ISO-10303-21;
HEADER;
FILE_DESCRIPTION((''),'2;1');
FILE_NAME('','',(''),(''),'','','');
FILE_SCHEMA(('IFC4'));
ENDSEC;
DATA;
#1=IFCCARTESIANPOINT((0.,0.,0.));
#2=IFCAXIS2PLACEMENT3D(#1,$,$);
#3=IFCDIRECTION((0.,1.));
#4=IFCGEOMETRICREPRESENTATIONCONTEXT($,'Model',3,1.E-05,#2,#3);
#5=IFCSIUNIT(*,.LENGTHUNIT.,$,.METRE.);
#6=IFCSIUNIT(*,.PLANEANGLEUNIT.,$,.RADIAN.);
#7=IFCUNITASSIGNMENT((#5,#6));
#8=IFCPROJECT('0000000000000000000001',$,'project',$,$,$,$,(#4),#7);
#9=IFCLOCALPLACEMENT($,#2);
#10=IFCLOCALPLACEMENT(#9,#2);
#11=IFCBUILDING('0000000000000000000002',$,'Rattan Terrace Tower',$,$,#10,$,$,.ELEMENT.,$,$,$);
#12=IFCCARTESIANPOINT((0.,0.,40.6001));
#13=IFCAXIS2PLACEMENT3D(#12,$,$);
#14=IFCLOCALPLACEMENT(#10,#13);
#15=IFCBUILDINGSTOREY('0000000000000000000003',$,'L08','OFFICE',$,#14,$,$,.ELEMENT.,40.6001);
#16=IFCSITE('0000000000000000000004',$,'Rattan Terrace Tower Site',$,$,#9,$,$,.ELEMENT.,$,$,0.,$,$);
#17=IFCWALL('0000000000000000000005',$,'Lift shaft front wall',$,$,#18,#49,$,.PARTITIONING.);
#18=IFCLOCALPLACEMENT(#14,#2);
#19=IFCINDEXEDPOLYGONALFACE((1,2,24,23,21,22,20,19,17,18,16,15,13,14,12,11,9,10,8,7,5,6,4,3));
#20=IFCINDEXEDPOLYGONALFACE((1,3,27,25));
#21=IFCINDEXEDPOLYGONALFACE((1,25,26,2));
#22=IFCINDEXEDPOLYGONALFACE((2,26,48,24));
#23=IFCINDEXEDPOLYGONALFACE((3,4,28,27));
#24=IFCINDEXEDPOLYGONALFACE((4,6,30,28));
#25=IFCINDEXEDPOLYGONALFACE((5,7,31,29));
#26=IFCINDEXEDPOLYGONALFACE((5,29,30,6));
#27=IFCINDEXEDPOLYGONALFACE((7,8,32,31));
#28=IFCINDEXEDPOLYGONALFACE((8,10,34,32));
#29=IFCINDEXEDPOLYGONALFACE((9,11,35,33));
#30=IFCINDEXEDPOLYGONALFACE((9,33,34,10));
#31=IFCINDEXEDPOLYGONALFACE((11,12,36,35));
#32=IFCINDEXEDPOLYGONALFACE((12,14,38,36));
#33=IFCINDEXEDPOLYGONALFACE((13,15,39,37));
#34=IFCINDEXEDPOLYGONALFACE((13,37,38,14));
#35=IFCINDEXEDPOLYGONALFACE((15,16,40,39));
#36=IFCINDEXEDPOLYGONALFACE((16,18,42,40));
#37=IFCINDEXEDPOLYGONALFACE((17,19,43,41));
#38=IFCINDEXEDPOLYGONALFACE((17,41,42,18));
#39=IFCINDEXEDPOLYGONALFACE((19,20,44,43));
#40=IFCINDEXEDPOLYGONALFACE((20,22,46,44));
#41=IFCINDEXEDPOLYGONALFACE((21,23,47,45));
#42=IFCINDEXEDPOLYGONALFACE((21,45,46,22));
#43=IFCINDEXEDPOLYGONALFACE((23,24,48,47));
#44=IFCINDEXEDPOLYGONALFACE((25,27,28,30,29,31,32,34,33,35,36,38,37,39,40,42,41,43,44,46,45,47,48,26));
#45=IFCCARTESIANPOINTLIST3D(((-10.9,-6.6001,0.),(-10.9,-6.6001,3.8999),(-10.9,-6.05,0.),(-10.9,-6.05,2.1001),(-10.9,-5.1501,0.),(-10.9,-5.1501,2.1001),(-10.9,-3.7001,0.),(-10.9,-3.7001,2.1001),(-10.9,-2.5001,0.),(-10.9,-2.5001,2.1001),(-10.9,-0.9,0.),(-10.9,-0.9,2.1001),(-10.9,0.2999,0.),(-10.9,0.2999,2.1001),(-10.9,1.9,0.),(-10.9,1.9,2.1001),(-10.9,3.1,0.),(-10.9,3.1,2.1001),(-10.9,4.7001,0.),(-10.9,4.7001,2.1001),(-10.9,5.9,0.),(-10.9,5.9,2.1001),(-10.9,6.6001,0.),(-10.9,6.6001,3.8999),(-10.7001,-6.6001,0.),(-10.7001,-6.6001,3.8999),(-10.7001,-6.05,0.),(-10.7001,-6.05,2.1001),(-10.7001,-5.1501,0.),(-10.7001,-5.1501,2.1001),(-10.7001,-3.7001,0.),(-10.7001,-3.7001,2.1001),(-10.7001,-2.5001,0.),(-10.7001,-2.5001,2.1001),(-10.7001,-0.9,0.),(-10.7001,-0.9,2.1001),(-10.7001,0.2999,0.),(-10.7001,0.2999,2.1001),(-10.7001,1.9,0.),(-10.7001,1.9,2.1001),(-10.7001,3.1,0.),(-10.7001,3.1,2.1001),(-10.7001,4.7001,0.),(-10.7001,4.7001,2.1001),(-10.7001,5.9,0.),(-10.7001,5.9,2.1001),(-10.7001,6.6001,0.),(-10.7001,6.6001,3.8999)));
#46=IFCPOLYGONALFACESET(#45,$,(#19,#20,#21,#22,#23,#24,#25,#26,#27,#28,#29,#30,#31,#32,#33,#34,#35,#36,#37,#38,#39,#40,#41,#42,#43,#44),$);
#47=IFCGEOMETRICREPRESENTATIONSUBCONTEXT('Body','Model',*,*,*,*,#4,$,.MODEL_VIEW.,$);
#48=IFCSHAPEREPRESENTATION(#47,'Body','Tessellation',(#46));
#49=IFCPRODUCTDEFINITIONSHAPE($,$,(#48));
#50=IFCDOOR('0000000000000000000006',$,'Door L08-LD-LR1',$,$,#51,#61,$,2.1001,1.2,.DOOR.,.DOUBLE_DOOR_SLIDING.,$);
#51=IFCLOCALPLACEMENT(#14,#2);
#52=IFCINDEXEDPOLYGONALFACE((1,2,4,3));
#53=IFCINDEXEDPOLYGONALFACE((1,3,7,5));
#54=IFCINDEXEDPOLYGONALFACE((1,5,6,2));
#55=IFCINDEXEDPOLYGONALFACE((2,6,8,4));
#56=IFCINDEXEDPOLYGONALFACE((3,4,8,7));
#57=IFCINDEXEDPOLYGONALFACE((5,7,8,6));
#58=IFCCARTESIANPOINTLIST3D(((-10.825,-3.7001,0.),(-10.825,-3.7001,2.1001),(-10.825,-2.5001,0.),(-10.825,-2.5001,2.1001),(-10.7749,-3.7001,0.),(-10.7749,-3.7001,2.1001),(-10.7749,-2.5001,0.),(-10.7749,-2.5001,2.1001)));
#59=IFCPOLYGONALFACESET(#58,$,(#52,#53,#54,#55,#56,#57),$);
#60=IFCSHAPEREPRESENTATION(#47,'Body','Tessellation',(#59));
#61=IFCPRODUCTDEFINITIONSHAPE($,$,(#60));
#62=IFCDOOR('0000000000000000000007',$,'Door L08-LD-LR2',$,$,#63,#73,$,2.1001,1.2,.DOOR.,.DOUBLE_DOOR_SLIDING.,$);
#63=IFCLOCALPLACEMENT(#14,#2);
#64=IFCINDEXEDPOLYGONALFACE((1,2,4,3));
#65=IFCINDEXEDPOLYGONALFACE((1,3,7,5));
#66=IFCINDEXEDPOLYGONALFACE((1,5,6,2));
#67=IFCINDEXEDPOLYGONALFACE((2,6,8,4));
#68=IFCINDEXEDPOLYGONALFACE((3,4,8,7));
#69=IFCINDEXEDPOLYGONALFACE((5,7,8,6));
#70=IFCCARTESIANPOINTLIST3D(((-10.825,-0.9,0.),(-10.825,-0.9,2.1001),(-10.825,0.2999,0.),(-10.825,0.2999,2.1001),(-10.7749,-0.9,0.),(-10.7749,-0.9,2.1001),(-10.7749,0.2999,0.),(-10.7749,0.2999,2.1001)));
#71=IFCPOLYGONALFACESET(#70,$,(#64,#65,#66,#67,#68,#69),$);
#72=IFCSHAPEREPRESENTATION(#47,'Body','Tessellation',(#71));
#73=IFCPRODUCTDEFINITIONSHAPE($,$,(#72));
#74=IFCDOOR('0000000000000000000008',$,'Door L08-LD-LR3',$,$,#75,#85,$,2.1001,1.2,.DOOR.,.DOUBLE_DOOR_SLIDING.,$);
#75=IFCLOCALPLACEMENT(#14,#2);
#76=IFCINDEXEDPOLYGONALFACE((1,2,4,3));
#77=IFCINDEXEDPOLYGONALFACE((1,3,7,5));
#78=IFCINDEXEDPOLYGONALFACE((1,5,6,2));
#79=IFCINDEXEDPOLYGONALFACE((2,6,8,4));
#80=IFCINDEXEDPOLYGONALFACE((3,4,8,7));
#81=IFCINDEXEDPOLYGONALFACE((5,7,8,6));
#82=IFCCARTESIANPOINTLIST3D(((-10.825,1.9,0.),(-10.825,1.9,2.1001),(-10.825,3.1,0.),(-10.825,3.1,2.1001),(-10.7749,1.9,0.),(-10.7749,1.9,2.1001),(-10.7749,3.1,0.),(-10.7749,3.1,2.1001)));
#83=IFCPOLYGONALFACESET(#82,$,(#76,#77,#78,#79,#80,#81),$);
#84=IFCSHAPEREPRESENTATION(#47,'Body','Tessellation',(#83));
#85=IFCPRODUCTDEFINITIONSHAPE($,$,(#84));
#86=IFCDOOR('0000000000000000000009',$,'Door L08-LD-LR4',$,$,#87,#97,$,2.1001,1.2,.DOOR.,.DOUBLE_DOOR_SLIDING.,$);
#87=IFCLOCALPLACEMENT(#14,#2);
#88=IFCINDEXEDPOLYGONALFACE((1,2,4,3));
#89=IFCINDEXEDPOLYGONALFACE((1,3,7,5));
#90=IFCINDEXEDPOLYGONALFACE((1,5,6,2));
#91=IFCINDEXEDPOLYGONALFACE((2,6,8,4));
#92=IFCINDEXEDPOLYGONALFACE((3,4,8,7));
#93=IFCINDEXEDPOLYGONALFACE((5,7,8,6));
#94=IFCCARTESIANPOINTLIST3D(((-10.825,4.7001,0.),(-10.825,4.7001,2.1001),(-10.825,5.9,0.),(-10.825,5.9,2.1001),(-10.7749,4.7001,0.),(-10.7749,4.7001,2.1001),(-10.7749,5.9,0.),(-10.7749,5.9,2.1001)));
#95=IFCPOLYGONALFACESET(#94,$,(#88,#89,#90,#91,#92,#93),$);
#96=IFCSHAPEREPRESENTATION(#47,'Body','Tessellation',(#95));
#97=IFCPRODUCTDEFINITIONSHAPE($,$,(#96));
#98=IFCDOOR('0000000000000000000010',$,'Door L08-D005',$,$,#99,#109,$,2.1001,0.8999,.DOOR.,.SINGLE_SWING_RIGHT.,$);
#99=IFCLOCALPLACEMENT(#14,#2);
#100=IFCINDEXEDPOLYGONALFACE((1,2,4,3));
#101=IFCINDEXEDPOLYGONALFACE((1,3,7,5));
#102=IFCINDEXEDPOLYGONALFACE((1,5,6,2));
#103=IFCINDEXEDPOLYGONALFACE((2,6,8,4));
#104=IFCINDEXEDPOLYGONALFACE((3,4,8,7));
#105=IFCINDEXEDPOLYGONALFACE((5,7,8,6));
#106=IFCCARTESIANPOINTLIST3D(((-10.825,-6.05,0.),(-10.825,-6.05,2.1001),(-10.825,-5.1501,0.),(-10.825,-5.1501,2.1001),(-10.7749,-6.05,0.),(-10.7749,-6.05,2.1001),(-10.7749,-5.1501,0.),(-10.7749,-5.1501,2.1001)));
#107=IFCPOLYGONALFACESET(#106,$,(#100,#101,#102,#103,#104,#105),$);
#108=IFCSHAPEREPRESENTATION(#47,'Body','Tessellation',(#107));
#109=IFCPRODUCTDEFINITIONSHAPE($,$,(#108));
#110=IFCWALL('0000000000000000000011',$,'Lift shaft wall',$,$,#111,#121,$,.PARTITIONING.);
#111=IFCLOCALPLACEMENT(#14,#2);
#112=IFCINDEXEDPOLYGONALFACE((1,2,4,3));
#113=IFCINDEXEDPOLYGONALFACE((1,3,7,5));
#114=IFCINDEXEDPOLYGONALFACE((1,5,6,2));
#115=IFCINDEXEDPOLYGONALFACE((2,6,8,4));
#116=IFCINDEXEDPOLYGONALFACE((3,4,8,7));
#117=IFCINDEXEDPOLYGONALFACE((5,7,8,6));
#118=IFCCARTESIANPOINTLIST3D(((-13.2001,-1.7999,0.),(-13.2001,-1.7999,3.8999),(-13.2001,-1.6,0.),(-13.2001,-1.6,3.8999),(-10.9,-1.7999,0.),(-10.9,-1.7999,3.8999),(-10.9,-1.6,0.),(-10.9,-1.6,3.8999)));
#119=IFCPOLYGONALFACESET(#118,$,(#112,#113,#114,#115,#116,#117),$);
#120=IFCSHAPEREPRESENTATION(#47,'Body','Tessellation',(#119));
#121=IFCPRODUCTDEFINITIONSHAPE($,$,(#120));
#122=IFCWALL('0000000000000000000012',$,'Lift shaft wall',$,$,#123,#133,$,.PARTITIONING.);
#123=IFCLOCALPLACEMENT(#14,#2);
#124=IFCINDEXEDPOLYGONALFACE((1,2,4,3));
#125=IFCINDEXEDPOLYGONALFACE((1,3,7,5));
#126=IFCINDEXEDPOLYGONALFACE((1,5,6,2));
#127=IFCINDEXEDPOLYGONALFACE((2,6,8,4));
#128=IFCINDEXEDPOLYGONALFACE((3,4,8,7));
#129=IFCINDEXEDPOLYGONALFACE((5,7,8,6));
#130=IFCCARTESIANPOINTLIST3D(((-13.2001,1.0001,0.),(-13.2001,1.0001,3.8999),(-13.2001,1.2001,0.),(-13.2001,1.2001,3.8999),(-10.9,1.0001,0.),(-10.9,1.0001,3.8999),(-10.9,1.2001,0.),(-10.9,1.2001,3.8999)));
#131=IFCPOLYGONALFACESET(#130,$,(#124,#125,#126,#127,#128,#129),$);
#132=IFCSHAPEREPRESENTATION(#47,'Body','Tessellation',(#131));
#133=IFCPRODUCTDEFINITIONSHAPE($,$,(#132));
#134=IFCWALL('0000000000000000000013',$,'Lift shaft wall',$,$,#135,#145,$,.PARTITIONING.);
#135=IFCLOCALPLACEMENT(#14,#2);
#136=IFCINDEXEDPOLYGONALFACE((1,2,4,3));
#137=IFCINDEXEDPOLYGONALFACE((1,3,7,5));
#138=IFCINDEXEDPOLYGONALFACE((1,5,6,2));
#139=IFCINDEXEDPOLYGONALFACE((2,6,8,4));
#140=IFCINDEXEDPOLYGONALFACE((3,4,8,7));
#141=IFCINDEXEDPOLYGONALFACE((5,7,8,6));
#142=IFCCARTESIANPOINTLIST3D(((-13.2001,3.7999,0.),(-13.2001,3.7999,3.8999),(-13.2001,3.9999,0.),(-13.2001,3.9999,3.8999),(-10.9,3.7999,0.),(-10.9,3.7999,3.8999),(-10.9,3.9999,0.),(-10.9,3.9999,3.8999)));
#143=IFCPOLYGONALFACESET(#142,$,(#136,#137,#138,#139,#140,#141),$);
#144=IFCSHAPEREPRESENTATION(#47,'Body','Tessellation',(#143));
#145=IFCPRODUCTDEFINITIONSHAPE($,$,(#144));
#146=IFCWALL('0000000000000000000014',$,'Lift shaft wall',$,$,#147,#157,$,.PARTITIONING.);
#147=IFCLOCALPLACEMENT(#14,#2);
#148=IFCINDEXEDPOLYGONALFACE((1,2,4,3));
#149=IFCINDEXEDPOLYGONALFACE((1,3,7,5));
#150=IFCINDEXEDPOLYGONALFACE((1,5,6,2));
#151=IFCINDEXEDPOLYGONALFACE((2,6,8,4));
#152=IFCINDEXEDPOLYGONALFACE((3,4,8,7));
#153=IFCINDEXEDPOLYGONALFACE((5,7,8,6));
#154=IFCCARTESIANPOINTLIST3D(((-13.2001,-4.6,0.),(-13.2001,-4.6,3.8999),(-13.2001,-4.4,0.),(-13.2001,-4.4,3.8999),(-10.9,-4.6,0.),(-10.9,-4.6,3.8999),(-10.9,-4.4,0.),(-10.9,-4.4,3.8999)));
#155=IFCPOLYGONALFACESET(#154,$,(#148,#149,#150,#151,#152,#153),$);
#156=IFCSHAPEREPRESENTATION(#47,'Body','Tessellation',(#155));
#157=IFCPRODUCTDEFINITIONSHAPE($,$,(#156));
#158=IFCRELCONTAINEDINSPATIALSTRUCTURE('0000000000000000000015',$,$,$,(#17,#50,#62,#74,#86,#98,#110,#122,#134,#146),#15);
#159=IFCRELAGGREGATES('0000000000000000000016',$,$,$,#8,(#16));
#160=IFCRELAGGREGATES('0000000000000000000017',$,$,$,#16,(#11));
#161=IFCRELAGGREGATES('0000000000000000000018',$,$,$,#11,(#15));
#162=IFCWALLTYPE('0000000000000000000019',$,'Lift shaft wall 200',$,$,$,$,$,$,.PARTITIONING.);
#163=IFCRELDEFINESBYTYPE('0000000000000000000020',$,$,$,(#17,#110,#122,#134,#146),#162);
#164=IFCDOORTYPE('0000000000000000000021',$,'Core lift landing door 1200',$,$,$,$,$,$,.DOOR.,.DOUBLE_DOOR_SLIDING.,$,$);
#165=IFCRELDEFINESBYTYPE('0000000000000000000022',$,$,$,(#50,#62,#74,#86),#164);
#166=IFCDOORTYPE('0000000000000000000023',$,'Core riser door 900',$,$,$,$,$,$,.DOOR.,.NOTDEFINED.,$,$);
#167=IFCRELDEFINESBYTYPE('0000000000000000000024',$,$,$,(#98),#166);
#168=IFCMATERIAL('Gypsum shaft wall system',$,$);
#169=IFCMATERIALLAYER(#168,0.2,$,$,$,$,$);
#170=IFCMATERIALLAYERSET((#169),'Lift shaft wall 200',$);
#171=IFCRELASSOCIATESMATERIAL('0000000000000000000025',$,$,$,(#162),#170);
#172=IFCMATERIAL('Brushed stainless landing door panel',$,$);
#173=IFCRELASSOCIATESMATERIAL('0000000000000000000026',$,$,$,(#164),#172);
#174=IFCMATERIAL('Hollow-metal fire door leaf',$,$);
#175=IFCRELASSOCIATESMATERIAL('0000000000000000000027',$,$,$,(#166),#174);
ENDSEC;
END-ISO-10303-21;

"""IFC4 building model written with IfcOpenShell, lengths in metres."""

from ifc_helpers import new_model, si_unit, direction, frame, frame_2d, origin, place, context, subcontext, project, spatial, rectangle, extrude, material, layer, layer_set, type_object, element, fill, save


model = new_model("IFC4")

# Units and contexts
model_context = context("Model", 3, precision=1e-05, world=origin(), true_north=direction((0.0, 1.0)))
body_context = subcontext(model_context, "Body", "Model", "MODEL_VIEW")
ifc_project = project(units=[si_unit("LENGTHUNIT", "METRE"), si_unit("PLANEANGLEUNIT", "RADIAN")], contexts=[model_context])

# Site, building, storey
site_placement = place(None, origin())
site = spatial("IfcSite", under=ifc_project, at=site_placement, Name="Rattan Terrace Tower Site", CompositionType="ELEMENT", RefElevation=0.0)
building_placement = place(site_placement, origin())
building = spatial("IfcBuilding", under=site, at=building_placement, Name="Rattan Terrace Tower", CompositionType="ELEMENT")
storey_placement = place(building_placement, frame((0.0, 0.0, 40.6001)))
storey = spatial("IfcBuildingStorey", under=building, at=storey_placement, Name="L08", Description="OFFICE", CompositionType="ELEMENT", Elevation=40.6001)

# Wall, openings, doors
ifc_material_1 = material(Name="Gypsum shaft wall system")
ifc_layer_1 = layer(ifc_material_1, 0.2)
ifc_layer_set_1 = layer_set([ifc_layer_1], Name="Lift shaft wall 200")
wall_type_1 = type_object("IfcWallType", Name="Lift shaft wall 200", PredefinedType="PARTITIONING", material=ifc_layer_set_1)
wall_1_placement = place(storey_placement, frame((-10.8, -6.6001, 0.0), z_axis=(0.0, 0.0, 1.0), x_axis=(0.0, 1.0, 0.0)))
wall_1 = element("IfcWall", 1, at=wall_1_placement, inside=storey, type_object=wall_type_1, Name="Lift shaft front wall", PredefinedType="PARTITIONING", context=body_context, shape_type="SweptSolid", body=[
    extrude(rectangle(XDim=13.2002, YDim=0.2, at=frame_2d((6.6001, 0.0))), origin(), (0.0, 0.0, 1.0), 3.8999),
])
opening_1_placement = place(wall_1_placement, frame((0.55, 0.0, 0.0)))
opening_1 = element("IfcOpeningElement", 2, at=opening_1_placement, cuts=wall_1, PredefinedType="OPENING", context=body_context, shape_type="SweptSolid", body=[
    extrude(rectangle(XDim=0.8999, YDim=2.1001, at=frame_2d((0.45, 1.05))), frame((0.0, 0.1106, 0.0), z_axis=(0.0, -1.0, 0.0), x_axis=(1.0, 0.0, 0.0)), (0.0, 0.0, 1.0), 0.2209),
])
opening_2_placement = place(wall_1_placement, frame((2.8999, 0.0, 0.0)))
opening_2 = element("IfcOpeningElement", 3, at=opening_2_placement, cuts=wall_1, PredefinedType="OPENING", context=body_context, shape_type="SweptSolid", body=[
    extrude(rectangle(XDim=1.2, YDim=2.1001, at=frame_2d((0.6001, 1.05))), frame((0.0, 0.1106, 0.0), z_axis=(0.0, -1.0, 0.0), x_axis=(1.0, 0.0, 0.0)), (0.0, 0.0, 1.0), 0.2209),
])
opening_3_placement = place(wall_1_placement, frame((5.7, 0.0, 0.0)))
opening_3 = element("IfcOpeningElement", 4, at=opening_3_placement, cuts=wall_1, PredefinedType="OPENING", context=body_context, shape_type="SweptSolid", body=[
    extrude(rectangle(XDim=1.2, YDim=2.1001, at=frame_2d((0.6001, 1.05))), frame((0.0, 0.1106, 0.0), z_axis=(0.0, -1.0, 0.0), x_axis=(1.0, 0.0, 0.0)), (0.0, 0.0, 1.0), 0.2209),
])
opening_4_placement = place(wall_1_placement, frame((8.5, 0.0, 0.0)))
opening_4 = element("IfcOpeningElement", 5, at=opening_4_placement, cuts=wall_1, PredefinedType="OPENING", context=body_context, shape_type="SweptSolid", body=[
    extrude(rectangle(XDim=1.2, YDim=2.1001, at=frame_2d((0.6001, 1.05))), frame((0.0, 0.1106, 0.0), z_axis=(0.0, -1.0, 0.0), x_axis=(1.0, 0.0, 0.0)), (0.0, 0.0, 1.0), 0.2209),
])
opening_5_placement = place(wall_1_placement, frame((11.3, 0.0, 0.0)))
opening_5 = element("IfcOpeningElement", 6, at=opening_5_placement, cuts=wall_1, PredefinedType="OPENING", context=body_context, shape_type="SweptSolid", body=[
    extrude(rectangle(XDim=1.2, YDim=2.1001, at=frame_2d((0.6001, 1.05))), frame((0.0, 0.1106, 0.0), z_axis=(0.0, -1.0, 0.0), x_axis=(1.0, 0.0, 0.0)), (0.0, 0.0, 1.0), 0.2209),
])
ifc_material_2 = material(Name="Brushed stainless landing door panel")
door_type_1 = type_object("IfcDoorType", Name="Core lift landing door 1200", OperationType="DOUBLE_DOOR_SLIDING", PredefinedType="DOOR", material=ifc_material_2)
door_1_placement = place(opening_2_placement, origin())
door_1 = element("IfcDoor", 7, at=door_1_placement, inside=storey, type_object=door_type_1, Name="Door L08-LD-LR1", OperationType="DOUBLE_DOOR_SLIDING", OverallHeight=2.1001, OverallWidth=1.2, PredefinedType="DOOR", context=body_context, shape_type="SweptSolid", body=[
    extrude(rectangle(XDim=1.2, YDim=2.1001, at=frame_2d((0.6001, 1.05))), frame((0.0, 0.0249, 0.0), z_axis=(0.0, -1.0, 0.0), x_axis=(1.0, 0.0, 0.0)), (0.0, 0.0, 1.0), 0.05),
])
fill(opening_2, door_1)
door_2_placement = place(opening_3_placement, origin())
door_2 = element("IfcDoor", 8, at=door_2_placement, inside=storey, type_object=door_type_1, Name="Door L08-LD-LR2", OperationType="DOUBLE_DOOR_SLIDING", OverallHeight=2.1001, OverallWidth=1.2, PredefinedType="DOOR", context=body_context, shape_type="SweptSolid", body=[
    extrude(rectangle(XDim=1.2, YDim=2.1001, at=frame_2d((0.6001, 1.05))), frame((0.0, 0.0249, 0.0), z_axis=(0.0, -1.0, 0.0), x_axis=(1.0, 0.0, 0.0)), (0.0, 0.0, 1.0), 0.05),
])
fill(opening_3, door_2)
door_3_placement = place(opening_4_placement, origin())
door_3 = element("IfcDoor", 9, at=door_3_placement, inside=storey, type_object=door_type_1, Name="Door L08-LD-LR3", OperationType="DOUBLE_DOOR_SLIDING", OverallHeight=2.1001, OverallWidth=1.2, PredefinedType="DOOR", context=body_context, shape_type="SweptSolid", body=[
    extrude(rectangle(XDim=1.2, YDim=2.1001, at=frame_2d((0.6001, 1.05))), frame((0.0, 0.0249, 0.0), z_axis=(0.0, -1.0, 0.0), x_axis=(1.0, 0.0, 0.0)), (0.0, 0.0, 1.0), 0.05),
])
fill(opening_4, door_3)
door_4_placement = place(opening_5_placement, origin())
door_4 = element("IfcDoor", 10, at=door_4_placement, inside=storey, type_object=door_type_1, Name="Door L08-LD-LR4", OperationType="DOUBLE_DOOR_SLIDING", OverallHeight=2.1001, OverallWidth=1.2, PredefinedType="DOOR", context=body_context, shape_type="SweptSolid", body=[
    extrude(rectangle(XDim=1.2, YDim=2.1001, at=frame_2d((0.6001, 1.05))), frame((0.0, 0.0249, 0.0), z_axis=(0.0, -1.0, 0.0), x_axis=(1.0, 0.0, 0.0)), (0.0, 0.0, 1.0), 0.05),
])
fill(opening_5, door_4)
ifc_material_3 = material(Name="Hollow-metal fire door leaf")
door_type_2 = type_object("IfcDoorType", Name="Core riser door 900", OperationType="NOTDEFINED", PredefinedType="DOOR", material=ifc_material_3)
door_5_placement = place(opening_1_placement, origin())
door_5 = element("IfcDoor", 11, at=door_5_placement, inside=storey, type_object=door_type_2, Name="Door L08-D005", OperationType="SINGLE_SWING_RIGHT", OverallHeight=2.1001, OverallWidth=0.8999, PredefinedType="DOOR", context=body_context, shape_type="SweptSolid", body=[
    extrude(rectangle(XDim=0.8999, YDim=2.1001, at=frame_2d((0.45, 1.05))), frame((0.0, 0.0249, 0.0), z_axis=(0.0, -1.0, 0.0), x_axis=(1.0, 0.0, 0.0)), (0.0, 0.0, 1.0), 0.05),
])
fill(opening_1, door_5)

# Walls
for number, where, z_axis, x_axis, name in (
    (12, (-13.2, -1.7, 0.0), (0.0, 0.0, 1.0), (1.0, 0.0, 0.0), "Lift shaft wall"),
    (13, (-13.2, 1.1001, 0.0), (0.0, 0.0, 1.0), (1.0, 0.0, 0.0), "Lift shaft wall"),
    (14, (-13.2, 3.8999, 0.0), (0.0, 0.0, 1.0), (1.0, 0.0, 0.0), "Lift shaft wall"),
    (15, (-13.2, -4.5, 0.0), (0.0, 0.0, 1.0), (1.0, 0.0, 0.0), "Lift shaft wall"),
):
    element("IfcWall", number, at=place(storey_placement, frame(where, z_axis=z_axis, x_axis=x_axis)), inside=storey, type_object=wall_type_1, Name=name, PredefinedType="PARTITIONING", context=body_context, shape_type="SweptSolid", body=[
        extrude(rectangle(XDim=2.3, YDim=0.2, at=frame_2d((1.1499, 0.0))), origin(), (0.0, 0.0, 1.0), 3.8999),
    ])

save(model, "model.ifc")
